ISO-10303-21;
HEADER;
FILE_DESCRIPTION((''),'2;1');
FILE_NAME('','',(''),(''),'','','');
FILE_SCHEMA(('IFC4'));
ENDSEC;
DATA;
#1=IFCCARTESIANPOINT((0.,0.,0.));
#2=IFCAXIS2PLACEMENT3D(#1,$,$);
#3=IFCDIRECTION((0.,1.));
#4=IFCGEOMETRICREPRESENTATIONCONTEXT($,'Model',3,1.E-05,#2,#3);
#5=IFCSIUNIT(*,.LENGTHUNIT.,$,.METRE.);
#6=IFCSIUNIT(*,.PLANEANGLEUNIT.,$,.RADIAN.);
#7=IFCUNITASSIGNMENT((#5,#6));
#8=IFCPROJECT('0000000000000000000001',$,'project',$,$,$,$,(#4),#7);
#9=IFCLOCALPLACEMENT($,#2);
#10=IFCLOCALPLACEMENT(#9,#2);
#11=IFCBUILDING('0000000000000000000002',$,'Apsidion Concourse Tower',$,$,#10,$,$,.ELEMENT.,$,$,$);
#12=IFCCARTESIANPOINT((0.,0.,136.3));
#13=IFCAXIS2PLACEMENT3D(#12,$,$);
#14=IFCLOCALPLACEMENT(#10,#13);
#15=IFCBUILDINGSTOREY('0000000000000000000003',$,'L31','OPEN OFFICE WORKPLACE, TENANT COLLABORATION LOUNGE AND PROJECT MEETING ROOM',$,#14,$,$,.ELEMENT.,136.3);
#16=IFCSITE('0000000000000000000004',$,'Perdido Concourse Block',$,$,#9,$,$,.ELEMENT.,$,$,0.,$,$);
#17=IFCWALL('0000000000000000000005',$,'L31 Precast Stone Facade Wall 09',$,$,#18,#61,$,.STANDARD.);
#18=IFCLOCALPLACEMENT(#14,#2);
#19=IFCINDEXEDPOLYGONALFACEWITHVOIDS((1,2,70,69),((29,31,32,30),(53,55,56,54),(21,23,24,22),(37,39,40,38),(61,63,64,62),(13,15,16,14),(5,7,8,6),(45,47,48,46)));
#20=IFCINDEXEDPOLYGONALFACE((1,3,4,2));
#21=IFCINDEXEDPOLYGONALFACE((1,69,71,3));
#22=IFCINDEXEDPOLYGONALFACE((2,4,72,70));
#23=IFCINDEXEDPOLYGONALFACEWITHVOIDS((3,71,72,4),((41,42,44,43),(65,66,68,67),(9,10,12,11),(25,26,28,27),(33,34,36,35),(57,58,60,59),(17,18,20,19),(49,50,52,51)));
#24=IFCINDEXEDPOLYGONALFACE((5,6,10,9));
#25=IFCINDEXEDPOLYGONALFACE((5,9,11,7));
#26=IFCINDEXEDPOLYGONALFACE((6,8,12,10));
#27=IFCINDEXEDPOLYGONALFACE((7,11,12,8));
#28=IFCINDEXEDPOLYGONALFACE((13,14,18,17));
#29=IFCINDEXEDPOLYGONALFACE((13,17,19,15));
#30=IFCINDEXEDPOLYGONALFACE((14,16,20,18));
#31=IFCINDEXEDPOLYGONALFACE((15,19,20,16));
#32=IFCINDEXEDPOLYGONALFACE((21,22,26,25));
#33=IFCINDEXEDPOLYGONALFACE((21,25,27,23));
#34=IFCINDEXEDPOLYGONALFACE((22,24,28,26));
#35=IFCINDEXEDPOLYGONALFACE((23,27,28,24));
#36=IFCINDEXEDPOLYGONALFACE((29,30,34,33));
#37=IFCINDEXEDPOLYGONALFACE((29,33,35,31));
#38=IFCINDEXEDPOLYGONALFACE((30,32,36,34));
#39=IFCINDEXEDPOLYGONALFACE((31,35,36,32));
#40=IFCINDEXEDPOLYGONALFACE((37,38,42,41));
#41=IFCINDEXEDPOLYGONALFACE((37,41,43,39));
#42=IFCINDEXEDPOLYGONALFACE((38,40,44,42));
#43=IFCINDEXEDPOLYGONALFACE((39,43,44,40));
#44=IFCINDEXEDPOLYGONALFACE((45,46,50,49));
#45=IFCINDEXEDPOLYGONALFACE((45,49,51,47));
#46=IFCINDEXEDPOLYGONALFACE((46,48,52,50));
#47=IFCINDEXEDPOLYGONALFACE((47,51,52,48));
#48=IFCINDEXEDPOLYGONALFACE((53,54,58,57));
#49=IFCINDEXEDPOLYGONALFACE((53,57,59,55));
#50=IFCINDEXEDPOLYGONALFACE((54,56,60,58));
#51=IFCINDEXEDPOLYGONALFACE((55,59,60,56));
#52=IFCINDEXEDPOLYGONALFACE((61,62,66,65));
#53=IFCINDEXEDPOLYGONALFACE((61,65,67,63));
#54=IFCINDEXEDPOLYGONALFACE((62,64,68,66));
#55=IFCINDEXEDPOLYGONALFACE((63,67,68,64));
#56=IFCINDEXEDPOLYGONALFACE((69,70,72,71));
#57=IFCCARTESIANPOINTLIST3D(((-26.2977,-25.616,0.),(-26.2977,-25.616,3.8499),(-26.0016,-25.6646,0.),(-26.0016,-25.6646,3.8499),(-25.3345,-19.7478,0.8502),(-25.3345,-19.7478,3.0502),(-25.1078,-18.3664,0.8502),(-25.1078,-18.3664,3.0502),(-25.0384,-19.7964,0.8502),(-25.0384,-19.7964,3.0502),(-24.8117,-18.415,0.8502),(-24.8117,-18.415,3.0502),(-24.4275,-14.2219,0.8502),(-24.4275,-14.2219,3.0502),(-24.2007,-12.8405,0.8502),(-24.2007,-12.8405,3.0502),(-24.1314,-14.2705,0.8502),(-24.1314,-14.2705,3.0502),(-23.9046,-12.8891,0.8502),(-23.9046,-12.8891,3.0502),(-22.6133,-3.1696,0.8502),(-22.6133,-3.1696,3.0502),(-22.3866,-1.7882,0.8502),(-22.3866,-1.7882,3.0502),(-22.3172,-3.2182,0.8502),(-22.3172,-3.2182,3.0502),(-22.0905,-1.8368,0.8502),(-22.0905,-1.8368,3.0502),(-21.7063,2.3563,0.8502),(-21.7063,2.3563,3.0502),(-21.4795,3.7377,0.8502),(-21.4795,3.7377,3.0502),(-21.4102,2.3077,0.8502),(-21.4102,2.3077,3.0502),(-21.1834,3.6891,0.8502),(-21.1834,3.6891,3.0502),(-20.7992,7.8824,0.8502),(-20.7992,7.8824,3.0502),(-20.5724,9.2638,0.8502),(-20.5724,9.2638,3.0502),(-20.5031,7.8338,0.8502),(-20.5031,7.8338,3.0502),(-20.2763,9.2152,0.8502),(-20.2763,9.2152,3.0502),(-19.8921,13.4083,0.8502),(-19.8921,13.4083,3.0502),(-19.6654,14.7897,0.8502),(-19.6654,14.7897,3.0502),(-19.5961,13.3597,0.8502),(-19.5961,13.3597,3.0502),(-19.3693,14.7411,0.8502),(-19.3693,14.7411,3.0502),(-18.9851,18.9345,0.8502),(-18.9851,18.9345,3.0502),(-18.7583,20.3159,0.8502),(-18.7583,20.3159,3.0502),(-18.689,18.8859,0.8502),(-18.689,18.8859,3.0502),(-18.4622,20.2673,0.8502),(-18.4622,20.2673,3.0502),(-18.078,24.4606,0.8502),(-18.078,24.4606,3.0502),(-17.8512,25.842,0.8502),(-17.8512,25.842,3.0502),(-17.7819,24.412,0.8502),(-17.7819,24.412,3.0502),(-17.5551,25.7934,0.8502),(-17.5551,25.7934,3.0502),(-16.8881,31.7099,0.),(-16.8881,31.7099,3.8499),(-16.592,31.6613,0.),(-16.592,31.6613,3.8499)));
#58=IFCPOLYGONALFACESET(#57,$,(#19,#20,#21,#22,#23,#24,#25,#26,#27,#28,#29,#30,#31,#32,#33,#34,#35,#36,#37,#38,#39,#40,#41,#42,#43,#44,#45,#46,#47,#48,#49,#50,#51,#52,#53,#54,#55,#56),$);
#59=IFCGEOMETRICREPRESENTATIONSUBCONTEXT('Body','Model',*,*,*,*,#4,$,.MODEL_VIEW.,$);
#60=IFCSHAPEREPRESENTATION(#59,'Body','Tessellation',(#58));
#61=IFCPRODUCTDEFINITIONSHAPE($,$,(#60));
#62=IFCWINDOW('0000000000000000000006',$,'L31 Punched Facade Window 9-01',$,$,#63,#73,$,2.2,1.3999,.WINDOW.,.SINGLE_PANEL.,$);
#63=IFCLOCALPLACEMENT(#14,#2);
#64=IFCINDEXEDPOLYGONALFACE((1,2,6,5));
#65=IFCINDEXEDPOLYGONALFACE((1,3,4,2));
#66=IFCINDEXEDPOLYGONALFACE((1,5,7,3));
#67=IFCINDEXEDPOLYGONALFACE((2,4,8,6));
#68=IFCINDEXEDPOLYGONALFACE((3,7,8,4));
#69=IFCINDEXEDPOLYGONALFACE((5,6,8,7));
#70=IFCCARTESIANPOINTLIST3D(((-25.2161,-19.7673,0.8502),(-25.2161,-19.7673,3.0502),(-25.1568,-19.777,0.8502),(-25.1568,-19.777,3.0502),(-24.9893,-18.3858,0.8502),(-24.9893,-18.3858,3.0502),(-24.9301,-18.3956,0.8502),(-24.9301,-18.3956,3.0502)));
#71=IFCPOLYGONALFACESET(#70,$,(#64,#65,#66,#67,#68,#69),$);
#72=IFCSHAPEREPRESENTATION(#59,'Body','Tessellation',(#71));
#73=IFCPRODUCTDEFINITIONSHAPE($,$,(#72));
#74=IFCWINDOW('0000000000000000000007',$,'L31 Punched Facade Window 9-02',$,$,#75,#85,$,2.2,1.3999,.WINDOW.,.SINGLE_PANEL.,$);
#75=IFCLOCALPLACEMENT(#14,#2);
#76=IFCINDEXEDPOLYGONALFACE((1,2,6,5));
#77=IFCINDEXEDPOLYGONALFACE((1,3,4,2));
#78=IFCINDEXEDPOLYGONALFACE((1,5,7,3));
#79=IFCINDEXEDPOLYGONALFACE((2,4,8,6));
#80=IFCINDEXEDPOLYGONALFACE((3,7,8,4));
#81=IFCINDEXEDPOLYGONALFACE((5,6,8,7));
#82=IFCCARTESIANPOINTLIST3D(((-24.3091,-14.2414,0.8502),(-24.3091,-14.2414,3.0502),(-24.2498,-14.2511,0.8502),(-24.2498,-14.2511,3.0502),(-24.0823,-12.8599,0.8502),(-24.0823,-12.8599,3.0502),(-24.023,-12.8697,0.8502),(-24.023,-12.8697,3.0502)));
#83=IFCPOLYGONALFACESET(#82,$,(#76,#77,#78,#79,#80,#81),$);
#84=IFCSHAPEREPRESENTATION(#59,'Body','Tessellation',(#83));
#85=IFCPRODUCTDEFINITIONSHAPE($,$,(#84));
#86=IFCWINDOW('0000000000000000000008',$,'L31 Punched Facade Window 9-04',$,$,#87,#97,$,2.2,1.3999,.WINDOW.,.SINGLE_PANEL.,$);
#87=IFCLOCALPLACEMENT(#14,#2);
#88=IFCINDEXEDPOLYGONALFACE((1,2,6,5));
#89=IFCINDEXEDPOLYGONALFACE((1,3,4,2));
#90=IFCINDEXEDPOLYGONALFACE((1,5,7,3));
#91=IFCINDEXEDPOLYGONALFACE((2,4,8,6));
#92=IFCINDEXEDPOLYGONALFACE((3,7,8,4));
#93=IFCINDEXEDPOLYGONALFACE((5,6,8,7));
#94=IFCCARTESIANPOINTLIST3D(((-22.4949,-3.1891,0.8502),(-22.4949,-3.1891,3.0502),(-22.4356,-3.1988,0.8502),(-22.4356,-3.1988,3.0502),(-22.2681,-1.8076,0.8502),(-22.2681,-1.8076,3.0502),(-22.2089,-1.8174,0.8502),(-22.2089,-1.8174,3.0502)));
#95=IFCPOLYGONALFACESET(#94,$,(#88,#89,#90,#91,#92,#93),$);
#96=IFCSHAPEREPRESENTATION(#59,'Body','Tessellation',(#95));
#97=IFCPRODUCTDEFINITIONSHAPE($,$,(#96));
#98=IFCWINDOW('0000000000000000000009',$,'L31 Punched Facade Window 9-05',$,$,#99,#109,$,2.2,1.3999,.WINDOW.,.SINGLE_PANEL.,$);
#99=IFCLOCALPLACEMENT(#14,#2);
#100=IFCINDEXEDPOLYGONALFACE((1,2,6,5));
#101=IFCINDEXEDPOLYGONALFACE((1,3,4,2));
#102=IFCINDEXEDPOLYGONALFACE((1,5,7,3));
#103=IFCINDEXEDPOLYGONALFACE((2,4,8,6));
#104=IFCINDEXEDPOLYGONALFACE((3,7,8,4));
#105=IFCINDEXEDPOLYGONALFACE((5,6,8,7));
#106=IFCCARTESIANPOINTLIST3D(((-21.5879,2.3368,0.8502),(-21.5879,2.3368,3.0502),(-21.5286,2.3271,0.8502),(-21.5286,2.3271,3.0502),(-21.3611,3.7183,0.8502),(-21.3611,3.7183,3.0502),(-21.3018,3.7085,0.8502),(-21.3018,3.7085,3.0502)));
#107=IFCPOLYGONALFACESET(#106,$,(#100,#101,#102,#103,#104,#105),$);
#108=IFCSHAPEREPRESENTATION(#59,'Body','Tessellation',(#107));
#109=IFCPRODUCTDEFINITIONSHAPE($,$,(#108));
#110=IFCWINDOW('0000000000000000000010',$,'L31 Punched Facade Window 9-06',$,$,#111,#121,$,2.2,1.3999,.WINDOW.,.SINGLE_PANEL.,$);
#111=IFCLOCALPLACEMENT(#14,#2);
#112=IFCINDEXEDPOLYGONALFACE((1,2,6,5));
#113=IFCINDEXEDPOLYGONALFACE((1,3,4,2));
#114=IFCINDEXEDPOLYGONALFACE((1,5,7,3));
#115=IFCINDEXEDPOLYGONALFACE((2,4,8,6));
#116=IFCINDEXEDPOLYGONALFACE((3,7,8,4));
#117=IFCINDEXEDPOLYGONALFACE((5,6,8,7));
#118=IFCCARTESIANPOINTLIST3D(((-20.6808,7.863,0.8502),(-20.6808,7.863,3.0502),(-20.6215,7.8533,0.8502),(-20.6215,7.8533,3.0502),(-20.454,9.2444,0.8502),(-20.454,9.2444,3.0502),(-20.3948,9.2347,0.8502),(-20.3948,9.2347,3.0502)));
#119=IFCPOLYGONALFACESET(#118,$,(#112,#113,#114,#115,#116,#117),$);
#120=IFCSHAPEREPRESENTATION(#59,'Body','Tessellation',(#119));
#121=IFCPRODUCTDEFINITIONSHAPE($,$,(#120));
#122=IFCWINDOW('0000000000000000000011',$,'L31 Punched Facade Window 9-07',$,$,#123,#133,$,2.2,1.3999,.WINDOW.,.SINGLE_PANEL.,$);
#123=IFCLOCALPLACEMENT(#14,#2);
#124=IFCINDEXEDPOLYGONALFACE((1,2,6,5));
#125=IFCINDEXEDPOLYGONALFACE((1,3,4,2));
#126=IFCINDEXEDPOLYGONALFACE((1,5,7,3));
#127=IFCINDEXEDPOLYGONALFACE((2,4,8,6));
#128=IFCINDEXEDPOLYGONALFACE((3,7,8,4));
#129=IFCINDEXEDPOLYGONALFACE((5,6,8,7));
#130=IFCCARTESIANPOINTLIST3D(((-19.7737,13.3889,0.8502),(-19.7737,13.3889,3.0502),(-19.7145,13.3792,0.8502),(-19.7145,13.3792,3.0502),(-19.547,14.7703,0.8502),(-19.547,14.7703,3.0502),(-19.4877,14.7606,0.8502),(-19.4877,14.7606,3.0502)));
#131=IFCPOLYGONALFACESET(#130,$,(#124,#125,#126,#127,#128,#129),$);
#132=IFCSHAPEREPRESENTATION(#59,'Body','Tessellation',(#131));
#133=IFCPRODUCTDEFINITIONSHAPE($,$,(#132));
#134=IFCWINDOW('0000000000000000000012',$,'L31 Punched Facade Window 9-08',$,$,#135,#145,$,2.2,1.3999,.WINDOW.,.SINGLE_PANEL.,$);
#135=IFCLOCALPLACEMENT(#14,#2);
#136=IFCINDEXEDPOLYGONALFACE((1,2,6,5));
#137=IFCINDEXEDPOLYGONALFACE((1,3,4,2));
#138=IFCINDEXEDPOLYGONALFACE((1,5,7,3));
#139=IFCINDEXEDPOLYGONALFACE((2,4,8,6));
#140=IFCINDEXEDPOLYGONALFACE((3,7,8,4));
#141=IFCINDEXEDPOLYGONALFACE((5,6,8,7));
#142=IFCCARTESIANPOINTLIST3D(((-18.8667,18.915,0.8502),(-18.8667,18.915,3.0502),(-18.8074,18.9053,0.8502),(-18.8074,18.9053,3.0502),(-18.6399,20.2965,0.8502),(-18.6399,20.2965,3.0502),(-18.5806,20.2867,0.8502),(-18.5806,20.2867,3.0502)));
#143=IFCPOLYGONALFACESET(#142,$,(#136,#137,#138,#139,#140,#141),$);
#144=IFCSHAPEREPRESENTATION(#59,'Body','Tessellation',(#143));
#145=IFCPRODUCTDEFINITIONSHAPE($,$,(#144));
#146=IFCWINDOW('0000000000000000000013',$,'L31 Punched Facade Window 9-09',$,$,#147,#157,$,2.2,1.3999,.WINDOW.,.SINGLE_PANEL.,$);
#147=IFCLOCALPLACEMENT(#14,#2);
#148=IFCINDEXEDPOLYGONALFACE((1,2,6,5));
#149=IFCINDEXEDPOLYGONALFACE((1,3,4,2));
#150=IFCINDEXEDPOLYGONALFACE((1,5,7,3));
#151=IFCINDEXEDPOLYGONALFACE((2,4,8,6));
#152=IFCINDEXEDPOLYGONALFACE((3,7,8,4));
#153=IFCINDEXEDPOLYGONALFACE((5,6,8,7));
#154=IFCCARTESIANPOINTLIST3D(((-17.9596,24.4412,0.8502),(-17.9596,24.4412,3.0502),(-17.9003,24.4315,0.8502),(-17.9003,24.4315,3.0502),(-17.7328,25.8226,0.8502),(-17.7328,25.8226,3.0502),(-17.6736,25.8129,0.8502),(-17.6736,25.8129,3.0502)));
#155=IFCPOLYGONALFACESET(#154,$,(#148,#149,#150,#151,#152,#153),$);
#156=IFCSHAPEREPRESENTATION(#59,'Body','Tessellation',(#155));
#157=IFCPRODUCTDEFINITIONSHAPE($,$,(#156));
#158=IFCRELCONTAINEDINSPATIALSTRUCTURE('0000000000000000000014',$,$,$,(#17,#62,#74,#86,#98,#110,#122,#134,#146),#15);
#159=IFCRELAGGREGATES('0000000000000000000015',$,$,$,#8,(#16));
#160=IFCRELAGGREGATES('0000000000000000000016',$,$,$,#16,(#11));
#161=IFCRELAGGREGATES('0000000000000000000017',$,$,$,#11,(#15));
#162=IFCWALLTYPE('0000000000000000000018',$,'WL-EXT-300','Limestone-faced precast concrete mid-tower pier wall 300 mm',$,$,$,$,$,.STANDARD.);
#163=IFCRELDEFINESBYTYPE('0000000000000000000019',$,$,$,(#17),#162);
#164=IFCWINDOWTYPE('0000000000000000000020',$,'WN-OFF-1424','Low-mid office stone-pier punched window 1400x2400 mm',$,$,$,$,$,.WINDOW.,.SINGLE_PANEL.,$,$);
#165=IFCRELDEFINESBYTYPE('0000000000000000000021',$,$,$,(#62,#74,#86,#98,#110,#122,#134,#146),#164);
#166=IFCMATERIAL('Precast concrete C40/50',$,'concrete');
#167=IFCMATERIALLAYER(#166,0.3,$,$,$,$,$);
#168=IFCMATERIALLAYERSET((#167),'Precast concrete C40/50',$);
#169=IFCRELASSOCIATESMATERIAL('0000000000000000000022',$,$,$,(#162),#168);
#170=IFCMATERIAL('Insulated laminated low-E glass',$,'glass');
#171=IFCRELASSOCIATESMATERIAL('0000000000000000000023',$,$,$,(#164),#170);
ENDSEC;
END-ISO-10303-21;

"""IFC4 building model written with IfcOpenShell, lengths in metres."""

from ifc_helpers import new_model, si_unit, direction, frame, frame_2d, origin, place, context, subcontext, project, spatial, rectangle, extrude, material, layer, layer_set, type_object, element, fill, save


model = new_model("IFC4")

# Units and contexts
model_context = context("Model", 3, precision=1e-05, world=origin(), true_north=direction((0.0, 1.0)))
body_context = subcontext(model_context, "Body", "Model", "MODEL_VIEW")
ifc_project = project(units=[si_unit("LENGTHUNIT", "METRE"), si_unit("PLANEANGLEUNIT", "RADIAN")], contexts=[model_context])

# Site, building, storey
site_placement = place(None, origin())
site = spatial("IfcSite", under=ifc_project, at=site_placement, Name="Perdido Concourse Block", CompositionType="ELEMENT", RefElevation=0.0)
building_placement = place(site_placement, origin())
building = spatial("IfcBuilding", under=site, at=building_placement, Name="Apsidion Concourse Tower", CompositionType="ELEMENT")
storey_placement = place(building_placement, frame((0.0, 0.0, 136.3)))
storey = spatial("IfcBuildingStorey", under=building, at=storey_placement, Name="L31", Description="OPEN OFFICE WORKPLACE, TENANT COLLABORATION LOUNGE AND PROJECT MEETING ROOM", CompositionType="ELEMENT", Elevation=136.3)

# Shared definitions
ifc_material_1 = material(Name="Precast concrete C40/50", Category="concrete")
ifc_layer_1 = layer(ifc_material_1, 0.3)
ifc_layer_set_1 = layer_set([ifc_layer_1], Name="Precast concrete C40/50")
wall_type_1 = type_object("IfcWallType", Name="WL-EXT-300", Description="Limestone-faced precast concrete mid-tower pier wall 300 mm", PredefinedType="STANDARD", material=ifc_layer_set_1)

# Wall, openings, windows
wall_1_placement = place(storey_placement, frame((-26.1497, -25.6401, 0.0), z_axis=(0.0, 0.0, 1.0), x_axis=(0.161976, 0.986795, 0.0)))
wall_1 = element("IfcWall", 1, at=wall_1_placement, inside=storey, type_object=wall_type_1, Name="L31 Precast Stone Facade Wall 09", PredefinedType="STANDARD", context=body_context, shape_type="SweptSolid", body=[
    extrude(rectangle(XDim=58.093, YDim=0.3, at=frame_2d((29.0464, 0.0))), origin(), (0.0, 0.0, 1.0), 3.8499),
])
opening_1_placement = place(wall_1_placement, frame((5.9465, 0.0, 0.8501)))
opening_1 = element("IfcOpeningElement", 2, at=opening_1_placement, cuts=wall_1, PredefinedType="OPENING", context=body_context, shape_type="SweptSolid", body=[
    extrude(rectangle(XDim=1.3999, YDim=2.2, at=frame_2d((0.7, 1.1001))), frame((0.0, 0.1602, 0.0), z_axis=(0.0, -1.0, 0.0), x_axis=(1.0, 0.0, 0.0)), (0.0, 0.0, 1.0), 0.3201),
])
opening_2_placement = place(wall_1_placement, frame((11.5464, 0.0, 0.8501)))
opening_2 = element("IfcOpeningElement", 3, at=opening_2_placement, cuts=wall_1, PredefinedType="OPENING", context=body_context, shape_type="SweptSolid", body=[
    extrude(rectangle(XDim=1.3999, YDim=2.2, at=frame_2d((0.7, 1.1001))), frame((0.0, 0.1602, 0.0), z_axis=(0.0, -1.0, 0.0), x_axis=(1.0, 0.0, 0.0)), (0.0, 0.0, 1.0), 0.3201),
])
opening_3_placement = place(wall_1_placement, frame((22.7466, 0.0, 0.8501)))
opening_3 = element("IfcOpeningElement", 4, at=opening_3_placement, cuts=wall_1, PredefinedType="OPENING", context=body_context, shape_type="SweptSolid", body=[
    extrude(rectangle(XDim=1.3999, YDim=2.2, at=frame_2d((0.7, 1.1001))), frame((0.0, 0.1602, 0.0), z_axis=(0.0, -1.0, 0.0), x_axis=(1.0, 0.0, 0.0)), (0.0, 0.0, 1.0), 0.3201),
])
opening_4_placement = place(wall_1_placement, frame((28.3464, 0.0, 0.8501)))
opening_4 = element("IfcOpeningElement", 5, at=opening_4_placement, cuts=wall_1, PredefinedType="OPENING", context=body_context, shape_type="SweptSolid", body=[
    extrude(rectangle(XDim=1.3999, YDim=2.2, at=frame_2d((0.7, 1.1001))), frame((0.0, 0.1602, 0.0), z_axis=(0.0, -1.0, 0.0), x_axis=(1.0, 0.0, 0.0)), (0.0, 0.0, 1.0), 0.3201),
])
opening_5_placement = place(wall_1_placement, frame((33.9465, 0.0, 0.8501)))
opening_5 = element("IfcOpeningElement", 6, at=opening_5_placement, cuts=wall_1, PredefinedType="OPENING", context=body_context, shape_type="SweptSolid", body=[
    extrude(rectangle(XDim=1.3999, YDim=2.2, at=frame_2d((0.7, 1.1001))), frame((0.0, 0.1602, 0.0), z_axis=(0.0, -1.0, 0.0), x_axis=(1.0, 0.0, 0.0)), (0.0, 0.0, 1.0), 0.3201),
])
opening_6_placement = place(wall_1_placement, frame((39.5464, 0.0, 0.8501)))
opening_6 = element("IfcOpeningElement", 7, at=opening_6_placement, cuts=wall_1, PredefinedType="OPENING", context=body_context, shape_type="SweptSolid", body=[
    extrude(rectangle(XDim=1.3999, YDim=2.2, at=frame_2d((0.7, 1.1001))), frame((0.0, 0.1602, 0.0), z_axis=(0.0, -1.0, 0.0), x_axis=(1.0, 0.0, 0.0)), (0.0, 0.0, 1.0), 0.3201),
])
opening_7_placement = place(wall_1_placement, frame((45.1465, 0.0, 0.8501)))
opening_7 = element("IfcOpeningElement", 8, at=opening_7_placement, cuts=wall_1, PredefinedType="OPENING", context=body_context, shape_type="SweptSolid", body=[
    extrude(rectangle(XDim=1.3999, YDim=2.2, at=frame_2d((0.7, 1.1001))), frame((0.0, 0.1602, 0.0), z_axis=(0.0, -1.0, 0.0), x_axis=(1.0, 0.0, 0.0)), (0.0, 0.0, 1.0), 0.3201),
])
opening_8_placement = place(wall_1_placement, frame((50.7466, 0.0, 0.8501)))
opening_8 = element("IfcOpeningElement", 9, at=opening_8_placement, cuts=wall_1, PredefinedType="OPENING", context=body_context, shape_type="SweptSolid", body=[
    extrude(rectangle(XDim=1.3999, YDim=2.2, at=frame_2d((0.7, 1.1001))), frame((0.0, 0.1602, 0.0), z_axis=(0.0, -1.0, 0.0), x_axis=(1.0, 0.0, 0.0)), (0.0, 0.0, 1.0), 0.3201),
])
ifc_material_2 = material(Name="Insulated laminated low-E glass", Category="glass")
window_type = type_object("IfcWindowType", Name="WN-OFF-1424", Description="Low-mid office stone-pier punched window 1400x2400 mm", PartitioningType="SINGLE_PANEL", PredefinedType="WINDOW", material=ifc_material_2)
window_1_placement = place(opening_1_placement, origin())
window_1 = element("IfcWindow", 10, at=window_1_placement, inside=storey, type_object=window_type, Name="L31 Punched Facade Window 9-01", OverallHeight=2.2, OverallWidth=1.3999, PartitioningType="SINGLE_PANEL", PredefinedType="WINDOW", context=body_context, shape_type="SweptSolid", body=[
    extrude(rectangle(XDim=1.3999, YDim=2.2, at=frame_2d((0.7, 1.1001))), frame((0.0, 0.03, 0.0), z_axis=(0.0, -1.0, 0.0), x_axis=(1.0, 0.0, 0.0)), (0.0, 0.0, 1.0), 0.0601),
])
fill(opening_1, window_1)
window_2_placement = place(opening_2_placement, origin())
window_2 = element("IfcWindow", 11, at=window_2_placement, inside=storey, type_object=window_type, Name="L31 Punched Facade Window 9-02", OverallHeight=2.2, OverallWidth=1.3999, PartitioningType="SINGLE_PANEL", PredefinedType="WINDOW", context=body_context, shape_type="SweptSolid", body=[
    extrude(rectangle(XDim=1.3999, YDim=2.2, at=frame_2d((0.7, 1.1001))), frame((0.0, 0.03, 0.0), z_axis=(0.0, -1.0, 0.0), x_axis=(1.0, 0.0, 0.0)), (0.0, 0.0, 1.0), 0.0601),
])
fill(opening_2, window_2)
window_3_placement = place(opening_3_placement, origin())
window_3 = element("IfcWindow", 12, at=window_3_placement, inside=storey, type_object=window_type, Name="L31 Punched Facade Window 9-04", OverallHeight=2.2, OverallWidth=1.3999, PartitioningType="SINGLE_PANEL", PredefinedType="WINDOW", context=body_context, shape_type="SweptSolid", body=[
    extrude(rectangle(XDim=1.3999, YDim=2.2, at=frame_2d((0.7, 1.1001))), frame((0.0, 0.03, 0.0), z_axis=(0.0, -1.0, 0.0), x_axis=(1.0, 0.0, 0.0)), (0.0, 0.0, 1.0), 0.0601),
])
fill(opening_3, window_3)
window_4_placement = place(opening_4_placement, origin())
window_4 = element("IfcWindow", 13, at=window_4_placement, inside=storey, type_object=window_type, Name="L31 Punched Facade Window 9-05", OverallHeight=2.2, OverallWidth=1.3999, PartitioningType="SINGLE_PANEL", PredefinedType="WINDOW", context=body_context, shape_type="SweptSolid", body=[
    extrude(rectangle(XDim=1.3999, YDim=2.2, at=frame_2d((0.7, 1.1001))), frame((0.0, 0.03, 0.0), z_axis=(0.0, -1.0, 0.0), x_axis=(1.0, 0.0, 0.0)), (0.0, 0.0, 1.0), 0.0601),
])
fill(opening_4, window_4)
window_5_placement = place(opening_5_placement, origin())
window_5 = element("IfcWindow", 14, at=window_5_placement, inside=storey, type_object=window_type, Name="L31 Punched Facade Window 9-06", OverallHeight=2.2, OverallWidth=1.3999, PartitioningType="SINGLE_PANEL", PredefinedType="WINDOW", context=body_context, shape_type="SweptSolid", body=[
    extrude(rectangle(XDim=1.3999, YDim=2.2, at=frame_2d((0.7, 1.1001))), frame((0.0, 0.03, 0.0), z_axis=(0.0, -1.0, 0.0), x_axis=(1.0, 0.0, 0.0)), (0.0, 0.0, 1.0), 0.0601),
])
fill(opening_5, window_5)
window_6_placement = place(opening_6_placement, origin())
window_6 = element("IfcWindow", 15, at=window_6_placement, inside=storey, type_object=window_type, Name="L31 Punched Facade Window 9-07", OverallHeight=2.2, OverallWidth=1.3999, PartitioningType="SINGLE_PANEL", PredefinedType="WINDOW", context=body_context, shape_type="SweptSolid", body=[
    extrude(rectangle(XDim=1.3999, YDim=2.2, at=frame_2d((0.7, 1.1001))), frame((0.0, 0.03, 0.0), z_axis=(0.0, -1.0, 0.0), x_axis=(1.0, 0.0, 0.0)), (0.0, 0.0, 1.0), 0.0601),
])
fill(opening_6, window_6)
window_7_placement = place(opening_7_placement, origin())
window_7 = element("IfcWindow", 16, at=window_7_placement, inside=storey, type_object=window_type, Name="L31 Punched Facade Window 9-08", OverallHeight=2.2, OverallWidth=1.3999, PartitioningType="SINGLE_PANEL", PredefinedType="WINDOW", context=body_context, shape_type="SweptSolid", body=[
    extrude(rectangle(XDim=1.3999, YDim=2.2, at=frame_2d((0.7, 1.1001))), frame((0.0, 0.03, 0.0), z_axis=(0.0, -1.0, 0.0), x_axis=(1.0, 0.0, 0.0)), (0.0, 0.0, 1.0), 0.0601),
])
fill(opening_7, window_7)
window_8_placement = place(opening_8_placement, origin())
window_8 = element("IfcWindow", 17, at=window_8_placement, inside=storey, type_object=window_type, Name="L31 Punched Facade Window 9-09", OverallHeight=2.2, OverallWidth=1.3999, PartitioningType="SINGLE_PANEL", PredefinedType="WINDOW", context=body_context, shape_type="SweptSolid", body=[
    extrude(rectangle(XDim=1.3999, YDim=2.2, at=frame_2d((0.7, 1.1001))), frame((0.0, 0.03, 0.0), z_axis=(0.0, -1.0, 0.0), x_axis=(1.0, 0.0, 0.0)), (0.0, 0.0, 1.0), 0.0601),
])
fill(opening_8, window_8)

save(model, "model.ifc")
